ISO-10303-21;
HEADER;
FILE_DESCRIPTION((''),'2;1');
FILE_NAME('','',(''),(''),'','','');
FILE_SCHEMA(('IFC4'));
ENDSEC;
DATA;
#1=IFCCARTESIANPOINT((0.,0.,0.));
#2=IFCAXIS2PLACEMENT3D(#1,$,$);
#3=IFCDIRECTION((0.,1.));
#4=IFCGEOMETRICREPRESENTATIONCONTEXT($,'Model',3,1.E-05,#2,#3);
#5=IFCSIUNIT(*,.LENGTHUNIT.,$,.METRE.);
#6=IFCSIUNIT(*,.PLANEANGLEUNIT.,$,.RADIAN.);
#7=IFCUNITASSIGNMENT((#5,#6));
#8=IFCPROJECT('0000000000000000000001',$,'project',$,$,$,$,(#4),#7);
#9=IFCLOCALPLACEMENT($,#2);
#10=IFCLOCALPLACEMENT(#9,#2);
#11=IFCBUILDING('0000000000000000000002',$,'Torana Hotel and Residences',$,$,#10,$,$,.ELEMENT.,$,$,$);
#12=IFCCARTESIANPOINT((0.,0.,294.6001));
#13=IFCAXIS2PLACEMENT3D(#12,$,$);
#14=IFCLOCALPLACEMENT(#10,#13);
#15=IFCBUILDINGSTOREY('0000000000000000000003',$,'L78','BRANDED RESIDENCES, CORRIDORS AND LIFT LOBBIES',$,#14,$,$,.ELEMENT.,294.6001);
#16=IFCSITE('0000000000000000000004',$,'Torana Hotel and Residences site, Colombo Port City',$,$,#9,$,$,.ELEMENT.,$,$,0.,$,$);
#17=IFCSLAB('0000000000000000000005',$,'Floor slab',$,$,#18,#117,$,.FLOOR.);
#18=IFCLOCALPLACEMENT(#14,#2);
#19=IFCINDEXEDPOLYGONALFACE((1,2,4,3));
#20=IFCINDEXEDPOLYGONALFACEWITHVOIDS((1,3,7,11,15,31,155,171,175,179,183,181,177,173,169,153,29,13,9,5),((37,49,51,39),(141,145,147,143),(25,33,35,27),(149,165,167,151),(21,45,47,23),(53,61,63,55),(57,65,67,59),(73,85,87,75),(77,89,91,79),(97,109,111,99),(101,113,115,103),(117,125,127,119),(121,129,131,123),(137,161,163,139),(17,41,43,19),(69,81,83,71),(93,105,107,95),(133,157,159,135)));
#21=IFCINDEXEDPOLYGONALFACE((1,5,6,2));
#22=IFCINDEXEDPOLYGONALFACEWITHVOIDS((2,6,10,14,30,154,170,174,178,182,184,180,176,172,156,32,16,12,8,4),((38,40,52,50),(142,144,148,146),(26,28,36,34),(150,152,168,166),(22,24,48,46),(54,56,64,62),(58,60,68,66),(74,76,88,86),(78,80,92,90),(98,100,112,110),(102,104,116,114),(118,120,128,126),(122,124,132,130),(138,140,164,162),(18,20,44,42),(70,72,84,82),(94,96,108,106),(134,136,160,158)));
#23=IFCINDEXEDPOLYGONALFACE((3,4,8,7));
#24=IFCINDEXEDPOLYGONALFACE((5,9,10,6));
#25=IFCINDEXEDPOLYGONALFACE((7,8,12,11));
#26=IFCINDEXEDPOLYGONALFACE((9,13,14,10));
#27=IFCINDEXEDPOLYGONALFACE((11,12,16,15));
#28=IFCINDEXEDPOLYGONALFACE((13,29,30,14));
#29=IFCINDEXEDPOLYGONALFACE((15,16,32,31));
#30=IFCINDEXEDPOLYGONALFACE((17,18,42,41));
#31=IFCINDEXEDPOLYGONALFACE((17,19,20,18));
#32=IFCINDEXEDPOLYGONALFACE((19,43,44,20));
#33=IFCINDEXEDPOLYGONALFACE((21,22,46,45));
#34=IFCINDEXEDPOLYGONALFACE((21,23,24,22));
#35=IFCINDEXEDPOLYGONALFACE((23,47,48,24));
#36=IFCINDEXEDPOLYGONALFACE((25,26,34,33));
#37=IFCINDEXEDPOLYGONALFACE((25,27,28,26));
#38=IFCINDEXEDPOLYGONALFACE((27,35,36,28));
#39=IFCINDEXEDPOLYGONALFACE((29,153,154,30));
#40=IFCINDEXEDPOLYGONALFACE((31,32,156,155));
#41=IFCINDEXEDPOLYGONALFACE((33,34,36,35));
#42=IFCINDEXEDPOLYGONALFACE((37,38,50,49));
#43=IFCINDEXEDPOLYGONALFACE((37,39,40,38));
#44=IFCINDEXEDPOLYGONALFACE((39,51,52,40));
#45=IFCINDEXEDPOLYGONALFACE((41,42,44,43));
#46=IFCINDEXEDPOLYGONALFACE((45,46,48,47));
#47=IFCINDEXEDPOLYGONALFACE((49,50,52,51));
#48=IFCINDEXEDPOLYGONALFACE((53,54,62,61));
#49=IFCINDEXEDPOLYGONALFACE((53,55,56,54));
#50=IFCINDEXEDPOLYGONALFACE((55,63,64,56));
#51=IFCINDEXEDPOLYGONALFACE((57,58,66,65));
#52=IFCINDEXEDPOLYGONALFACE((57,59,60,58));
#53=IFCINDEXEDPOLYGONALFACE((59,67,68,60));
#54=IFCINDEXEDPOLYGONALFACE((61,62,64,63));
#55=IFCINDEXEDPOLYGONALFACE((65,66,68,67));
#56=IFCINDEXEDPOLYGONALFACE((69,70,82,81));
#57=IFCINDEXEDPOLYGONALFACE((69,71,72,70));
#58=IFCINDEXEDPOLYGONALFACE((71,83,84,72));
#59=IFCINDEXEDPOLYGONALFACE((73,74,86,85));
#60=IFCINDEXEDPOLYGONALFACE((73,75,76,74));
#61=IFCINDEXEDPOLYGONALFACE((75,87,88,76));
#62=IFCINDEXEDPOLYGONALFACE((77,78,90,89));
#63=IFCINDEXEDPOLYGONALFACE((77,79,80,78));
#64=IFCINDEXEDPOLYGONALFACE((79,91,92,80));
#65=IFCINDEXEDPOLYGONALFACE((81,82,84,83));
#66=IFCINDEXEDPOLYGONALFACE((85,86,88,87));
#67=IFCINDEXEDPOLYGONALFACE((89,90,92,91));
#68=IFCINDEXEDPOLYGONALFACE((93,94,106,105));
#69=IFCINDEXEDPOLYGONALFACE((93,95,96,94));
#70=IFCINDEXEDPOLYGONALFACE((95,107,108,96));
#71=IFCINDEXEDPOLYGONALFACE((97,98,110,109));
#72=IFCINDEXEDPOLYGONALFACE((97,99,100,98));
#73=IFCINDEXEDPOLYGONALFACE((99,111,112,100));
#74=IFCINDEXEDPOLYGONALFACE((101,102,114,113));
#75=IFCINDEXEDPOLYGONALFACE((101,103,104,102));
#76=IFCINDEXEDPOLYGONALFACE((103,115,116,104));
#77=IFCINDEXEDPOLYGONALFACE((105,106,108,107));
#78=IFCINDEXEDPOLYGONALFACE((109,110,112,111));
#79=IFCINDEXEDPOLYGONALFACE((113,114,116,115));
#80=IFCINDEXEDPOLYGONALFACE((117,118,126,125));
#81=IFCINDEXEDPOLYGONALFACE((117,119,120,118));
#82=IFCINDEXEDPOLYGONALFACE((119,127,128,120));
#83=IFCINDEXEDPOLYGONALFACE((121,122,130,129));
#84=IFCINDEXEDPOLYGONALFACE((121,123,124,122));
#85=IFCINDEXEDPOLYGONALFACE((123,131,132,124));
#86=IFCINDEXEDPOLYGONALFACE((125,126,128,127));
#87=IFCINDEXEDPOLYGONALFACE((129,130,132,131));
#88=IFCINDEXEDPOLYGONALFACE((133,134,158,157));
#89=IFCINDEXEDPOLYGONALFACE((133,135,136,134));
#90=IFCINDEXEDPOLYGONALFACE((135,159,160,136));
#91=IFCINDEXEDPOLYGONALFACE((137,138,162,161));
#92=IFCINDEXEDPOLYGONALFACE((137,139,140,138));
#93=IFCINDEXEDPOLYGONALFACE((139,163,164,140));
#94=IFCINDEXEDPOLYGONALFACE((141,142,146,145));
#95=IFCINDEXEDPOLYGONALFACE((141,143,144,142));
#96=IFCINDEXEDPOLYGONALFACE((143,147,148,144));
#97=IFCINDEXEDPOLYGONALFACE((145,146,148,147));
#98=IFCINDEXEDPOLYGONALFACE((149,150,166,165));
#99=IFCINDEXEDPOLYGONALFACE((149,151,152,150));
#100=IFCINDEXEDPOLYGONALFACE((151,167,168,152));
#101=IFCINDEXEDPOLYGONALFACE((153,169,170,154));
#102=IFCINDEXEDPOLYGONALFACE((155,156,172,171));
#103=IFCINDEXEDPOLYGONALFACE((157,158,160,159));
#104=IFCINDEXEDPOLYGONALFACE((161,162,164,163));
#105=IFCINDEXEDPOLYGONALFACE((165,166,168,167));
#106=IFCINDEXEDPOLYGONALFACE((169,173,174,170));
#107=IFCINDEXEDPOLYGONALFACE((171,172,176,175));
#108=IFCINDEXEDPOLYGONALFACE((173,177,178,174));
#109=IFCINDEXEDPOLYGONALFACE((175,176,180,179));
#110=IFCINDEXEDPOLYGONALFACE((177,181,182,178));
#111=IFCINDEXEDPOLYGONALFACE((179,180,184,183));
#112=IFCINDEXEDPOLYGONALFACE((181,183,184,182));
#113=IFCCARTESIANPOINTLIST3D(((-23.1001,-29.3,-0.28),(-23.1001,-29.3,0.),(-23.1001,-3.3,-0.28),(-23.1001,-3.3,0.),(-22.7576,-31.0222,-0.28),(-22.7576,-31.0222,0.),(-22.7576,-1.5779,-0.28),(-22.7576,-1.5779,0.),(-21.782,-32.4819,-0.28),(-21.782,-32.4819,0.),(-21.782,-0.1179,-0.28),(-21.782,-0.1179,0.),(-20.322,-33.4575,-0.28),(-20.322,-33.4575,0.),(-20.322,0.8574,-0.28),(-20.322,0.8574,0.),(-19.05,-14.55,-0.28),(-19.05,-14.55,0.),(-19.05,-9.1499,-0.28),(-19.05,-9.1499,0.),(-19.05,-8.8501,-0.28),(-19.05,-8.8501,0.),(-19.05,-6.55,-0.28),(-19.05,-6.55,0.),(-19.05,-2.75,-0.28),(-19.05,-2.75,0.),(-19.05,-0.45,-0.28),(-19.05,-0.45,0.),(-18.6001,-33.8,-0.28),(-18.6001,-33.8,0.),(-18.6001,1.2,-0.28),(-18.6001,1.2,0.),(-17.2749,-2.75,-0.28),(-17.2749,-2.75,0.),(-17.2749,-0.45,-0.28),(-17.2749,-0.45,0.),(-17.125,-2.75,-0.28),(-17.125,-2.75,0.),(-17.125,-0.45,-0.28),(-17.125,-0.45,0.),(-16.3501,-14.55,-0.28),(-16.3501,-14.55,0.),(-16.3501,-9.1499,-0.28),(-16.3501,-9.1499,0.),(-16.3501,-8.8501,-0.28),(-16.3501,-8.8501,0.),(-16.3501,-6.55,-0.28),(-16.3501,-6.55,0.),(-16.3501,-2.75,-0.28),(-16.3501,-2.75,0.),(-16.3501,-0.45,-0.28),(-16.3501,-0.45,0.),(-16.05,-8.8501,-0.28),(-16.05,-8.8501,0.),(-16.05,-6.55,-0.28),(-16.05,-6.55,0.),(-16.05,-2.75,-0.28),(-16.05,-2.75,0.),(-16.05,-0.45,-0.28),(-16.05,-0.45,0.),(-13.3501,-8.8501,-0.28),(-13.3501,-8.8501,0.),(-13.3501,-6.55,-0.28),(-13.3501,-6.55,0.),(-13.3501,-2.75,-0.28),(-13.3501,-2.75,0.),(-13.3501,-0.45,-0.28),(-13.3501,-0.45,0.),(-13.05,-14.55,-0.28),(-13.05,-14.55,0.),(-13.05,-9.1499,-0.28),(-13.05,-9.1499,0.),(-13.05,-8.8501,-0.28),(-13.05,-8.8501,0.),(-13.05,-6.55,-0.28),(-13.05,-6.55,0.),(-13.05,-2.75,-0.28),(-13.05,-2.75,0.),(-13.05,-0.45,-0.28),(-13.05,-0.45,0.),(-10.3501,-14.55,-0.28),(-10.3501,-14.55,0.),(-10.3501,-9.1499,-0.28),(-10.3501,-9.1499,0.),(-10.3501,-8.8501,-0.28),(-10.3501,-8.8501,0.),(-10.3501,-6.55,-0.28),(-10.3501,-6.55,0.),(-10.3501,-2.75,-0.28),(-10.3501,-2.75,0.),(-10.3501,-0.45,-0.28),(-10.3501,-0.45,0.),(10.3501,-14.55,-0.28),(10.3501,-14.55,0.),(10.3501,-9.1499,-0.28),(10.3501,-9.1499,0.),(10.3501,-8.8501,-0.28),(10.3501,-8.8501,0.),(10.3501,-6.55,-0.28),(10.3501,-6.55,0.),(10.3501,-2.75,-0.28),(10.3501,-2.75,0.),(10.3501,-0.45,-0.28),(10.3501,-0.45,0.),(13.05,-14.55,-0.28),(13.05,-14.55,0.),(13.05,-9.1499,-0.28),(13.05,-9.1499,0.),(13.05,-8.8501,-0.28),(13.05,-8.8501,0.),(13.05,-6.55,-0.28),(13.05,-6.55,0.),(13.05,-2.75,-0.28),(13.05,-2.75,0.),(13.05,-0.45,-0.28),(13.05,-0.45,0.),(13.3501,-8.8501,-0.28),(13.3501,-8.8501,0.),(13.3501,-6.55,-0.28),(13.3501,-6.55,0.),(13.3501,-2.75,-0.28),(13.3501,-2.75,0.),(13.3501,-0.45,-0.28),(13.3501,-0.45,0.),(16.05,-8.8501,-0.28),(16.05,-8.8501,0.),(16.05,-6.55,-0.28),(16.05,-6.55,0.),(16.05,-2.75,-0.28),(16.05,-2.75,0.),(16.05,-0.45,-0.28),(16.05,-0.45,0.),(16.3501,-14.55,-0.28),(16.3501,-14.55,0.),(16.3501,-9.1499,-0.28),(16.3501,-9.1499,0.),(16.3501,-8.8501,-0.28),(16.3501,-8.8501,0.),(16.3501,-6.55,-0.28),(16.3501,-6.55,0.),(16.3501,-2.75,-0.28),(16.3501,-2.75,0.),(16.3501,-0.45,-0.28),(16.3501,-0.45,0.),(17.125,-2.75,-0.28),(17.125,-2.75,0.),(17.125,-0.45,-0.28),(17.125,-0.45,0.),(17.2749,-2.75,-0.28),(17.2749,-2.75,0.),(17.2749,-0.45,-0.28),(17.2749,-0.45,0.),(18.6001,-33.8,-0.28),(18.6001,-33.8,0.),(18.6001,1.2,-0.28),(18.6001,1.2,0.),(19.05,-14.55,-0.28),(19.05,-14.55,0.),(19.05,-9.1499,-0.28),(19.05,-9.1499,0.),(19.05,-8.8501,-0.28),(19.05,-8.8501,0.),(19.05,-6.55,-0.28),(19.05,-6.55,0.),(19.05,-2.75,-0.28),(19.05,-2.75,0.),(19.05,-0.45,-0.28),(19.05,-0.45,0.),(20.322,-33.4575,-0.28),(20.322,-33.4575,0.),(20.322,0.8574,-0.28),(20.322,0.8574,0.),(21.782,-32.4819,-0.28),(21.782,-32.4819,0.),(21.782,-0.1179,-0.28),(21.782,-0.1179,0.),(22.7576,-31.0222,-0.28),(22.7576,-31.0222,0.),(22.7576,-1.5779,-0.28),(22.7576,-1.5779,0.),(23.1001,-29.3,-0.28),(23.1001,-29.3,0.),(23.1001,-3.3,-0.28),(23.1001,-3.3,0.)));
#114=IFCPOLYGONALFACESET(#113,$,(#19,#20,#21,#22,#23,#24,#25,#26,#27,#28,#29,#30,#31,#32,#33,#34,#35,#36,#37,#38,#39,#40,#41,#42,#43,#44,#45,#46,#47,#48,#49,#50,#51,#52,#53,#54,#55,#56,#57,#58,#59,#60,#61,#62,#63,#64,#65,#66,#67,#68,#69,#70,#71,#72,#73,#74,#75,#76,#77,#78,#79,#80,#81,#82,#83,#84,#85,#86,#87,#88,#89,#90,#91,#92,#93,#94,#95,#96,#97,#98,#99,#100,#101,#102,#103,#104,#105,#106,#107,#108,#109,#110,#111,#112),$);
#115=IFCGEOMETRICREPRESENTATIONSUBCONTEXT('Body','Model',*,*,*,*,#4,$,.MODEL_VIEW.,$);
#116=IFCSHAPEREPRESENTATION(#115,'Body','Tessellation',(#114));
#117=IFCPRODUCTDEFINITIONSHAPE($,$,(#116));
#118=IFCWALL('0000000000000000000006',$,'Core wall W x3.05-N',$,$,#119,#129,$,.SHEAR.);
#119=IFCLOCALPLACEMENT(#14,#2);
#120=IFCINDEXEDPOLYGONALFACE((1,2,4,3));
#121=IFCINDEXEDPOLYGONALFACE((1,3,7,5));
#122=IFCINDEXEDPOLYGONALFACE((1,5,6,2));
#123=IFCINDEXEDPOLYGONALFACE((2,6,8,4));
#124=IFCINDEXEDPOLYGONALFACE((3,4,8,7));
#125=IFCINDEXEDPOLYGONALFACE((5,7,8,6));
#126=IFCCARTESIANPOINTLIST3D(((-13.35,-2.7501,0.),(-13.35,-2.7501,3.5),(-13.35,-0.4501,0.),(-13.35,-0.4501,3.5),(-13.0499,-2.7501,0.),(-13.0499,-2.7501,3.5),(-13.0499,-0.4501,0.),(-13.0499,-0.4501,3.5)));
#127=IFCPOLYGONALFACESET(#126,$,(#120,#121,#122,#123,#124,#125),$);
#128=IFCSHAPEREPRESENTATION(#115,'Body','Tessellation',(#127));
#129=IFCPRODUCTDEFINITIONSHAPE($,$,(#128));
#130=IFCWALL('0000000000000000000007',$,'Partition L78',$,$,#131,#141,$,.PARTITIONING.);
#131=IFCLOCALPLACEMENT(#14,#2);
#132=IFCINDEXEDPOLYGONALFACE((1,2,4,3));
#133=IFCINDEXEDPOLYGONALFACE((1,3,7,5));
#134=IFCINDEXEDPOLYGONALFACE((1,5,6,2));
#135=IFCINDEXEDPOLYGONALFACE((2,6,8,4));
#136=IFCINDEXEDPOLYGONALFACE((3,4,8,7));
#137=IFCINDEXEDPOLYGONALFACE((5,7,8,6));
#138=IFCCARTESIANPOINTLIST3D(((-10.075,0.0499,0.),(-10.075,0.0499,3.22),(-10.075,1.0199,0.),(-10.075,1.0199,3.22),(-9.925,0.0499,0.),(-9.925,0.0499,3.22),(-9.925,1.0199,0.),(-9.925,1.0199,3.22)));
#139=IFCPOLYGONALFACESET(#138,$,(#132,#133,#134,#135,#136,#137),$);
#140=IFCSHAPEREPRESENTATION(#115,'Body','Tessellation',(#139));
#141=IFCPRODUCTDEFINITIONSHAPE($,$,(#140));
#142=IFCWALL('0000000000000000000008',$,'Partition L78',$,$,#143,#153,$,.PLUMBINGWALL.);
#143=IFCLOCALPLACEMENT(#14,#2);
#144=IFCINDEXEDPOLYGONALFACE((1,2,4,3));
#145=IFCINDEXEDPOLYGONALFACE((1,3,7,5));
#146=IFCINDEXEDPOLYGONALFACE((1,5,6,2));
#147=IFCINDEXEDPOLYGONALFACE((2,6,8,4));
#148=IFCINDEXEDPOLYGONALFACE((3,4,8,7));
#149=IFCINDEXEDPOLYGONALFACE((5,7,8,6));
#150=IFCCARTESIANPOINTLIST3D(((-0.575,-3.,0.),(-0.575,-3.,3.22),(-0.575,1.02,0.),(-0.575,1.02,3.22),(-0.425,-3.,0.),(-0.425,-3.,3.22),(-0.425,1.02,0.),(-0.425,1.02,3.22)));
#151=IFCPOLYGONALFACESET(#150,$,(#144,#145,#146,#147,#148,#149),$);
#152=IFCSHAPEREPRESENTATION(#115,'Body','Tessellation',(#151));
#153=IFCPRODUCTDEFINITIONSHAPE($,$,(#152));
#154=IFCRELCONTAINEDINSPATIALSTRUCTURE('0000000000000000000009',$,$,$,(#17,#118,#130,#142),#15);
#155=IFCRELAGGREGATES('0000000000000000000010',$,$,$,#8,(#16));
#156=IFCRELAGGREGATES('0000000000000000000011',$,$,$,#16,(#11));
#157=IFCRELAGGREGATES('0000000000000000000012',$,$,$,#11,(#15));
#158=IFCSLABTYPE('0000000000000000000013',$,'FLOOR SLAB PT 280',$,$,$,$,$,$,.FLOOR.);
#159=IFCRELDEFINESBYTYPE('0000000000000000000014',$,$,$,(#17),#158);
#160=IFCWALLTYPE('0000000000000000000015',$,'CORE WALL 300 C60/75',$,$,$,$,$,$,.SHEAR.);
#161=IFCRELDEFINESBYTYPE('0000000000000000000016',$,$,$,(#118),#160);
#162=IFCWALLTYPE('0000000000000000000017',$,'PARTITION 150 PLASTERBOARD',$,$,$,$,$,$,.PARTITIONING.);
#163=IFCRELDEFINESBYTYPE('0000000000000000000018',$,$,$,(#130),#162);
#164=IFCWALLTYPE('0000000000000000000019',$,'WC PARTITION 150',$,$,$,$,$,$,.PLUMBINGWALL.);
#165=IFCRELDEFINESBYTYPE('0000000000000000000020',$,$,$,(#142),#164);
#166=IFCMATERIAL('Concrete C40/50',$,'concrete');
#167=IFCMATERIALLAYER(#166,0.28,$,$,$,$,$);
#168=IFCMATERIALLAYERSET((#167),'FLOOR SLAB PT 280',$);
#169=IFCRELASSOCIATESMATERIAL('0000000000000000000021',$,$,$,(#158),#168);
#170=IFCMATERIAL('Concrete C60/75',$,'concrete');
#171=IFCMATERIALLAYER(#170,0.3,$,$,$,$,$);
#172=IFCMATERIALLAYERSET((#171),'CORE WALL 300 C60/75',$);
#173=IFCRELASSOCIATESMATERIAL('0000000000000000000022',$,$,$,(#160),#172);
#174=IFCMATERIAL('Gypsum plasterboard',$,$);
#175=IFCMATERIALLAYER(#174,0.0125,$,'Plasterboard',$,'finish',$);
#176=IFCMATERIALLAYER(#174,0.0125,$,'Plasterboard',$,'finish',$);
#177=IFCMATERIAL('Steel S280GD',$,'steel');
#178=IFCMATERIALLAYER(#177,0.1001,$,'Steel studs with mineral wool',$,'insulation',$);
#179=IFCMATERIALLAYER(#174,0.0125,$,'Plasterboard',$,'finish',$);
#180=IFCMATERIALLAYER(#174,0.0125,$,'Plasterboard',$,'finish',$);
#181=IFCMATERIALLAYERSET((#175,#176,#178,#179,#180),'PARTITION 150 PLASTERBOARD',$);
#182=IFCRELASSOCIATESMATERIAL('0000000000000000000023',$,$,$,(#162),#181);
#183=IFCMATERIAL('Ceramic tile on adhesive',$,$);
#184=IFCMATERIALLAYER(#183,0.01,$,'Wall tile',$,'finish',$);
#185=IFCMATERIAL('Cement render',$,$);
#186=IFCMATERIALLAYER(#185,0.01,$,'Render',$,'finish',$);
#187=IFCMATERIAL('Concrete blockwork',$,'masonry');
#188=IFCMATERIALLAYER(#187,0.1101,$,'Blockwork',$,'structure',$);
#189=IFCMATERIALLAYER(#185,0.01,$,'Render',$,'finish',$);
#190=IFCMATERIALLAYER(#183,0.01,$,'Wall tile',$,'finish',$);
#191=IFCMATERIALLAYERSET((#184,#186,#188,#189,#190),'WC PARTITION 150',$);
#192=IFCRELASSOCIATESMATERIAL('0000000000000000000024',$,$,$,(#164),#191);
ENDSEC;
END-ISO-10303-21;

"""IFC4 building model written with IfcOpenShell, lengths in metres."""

from ifc_helpers import new_model, si_unit, direction, frame, frame_2d, origin, place, context, subcontext, project, spatial, polyline, rectangle, outline, extrude, material, layer, layer_set, type_object, element, save


model = new_model("IFC4")

# Units and contexts
model_context = context("Model", 3, precision=1e-05, world=origin(), true_north=direction((0.0, 1.0)))
body_context = subcontext(model_context, "Body", "Model", "MODEL_VIEW")
ifc_project = project(units=[si_unit("LENGTHUNIT", "METRE"), si_unit("PLANEANGLEUNIT", "RADIAN")], contexts=[model_context])

# Site, building, storey
site_placement = place(None, origin())
site = spatial("IfcSite", under=ifc_project, at=site_placement, Name="Torana Hotel and Residences site, Colombo Port City", CompositionType="ELEMENT", RefElevation=0.0)
building_placement = place(site_placement, origin())
building = spatial("IfcBuilding", under=site, at=building_placement, Name="Torana Hotel and Residences", CompositionType="ELEMENT")
storey_placement = place(building_placement, frame((0.0, 0.0, 294.6001)))
storey = spatial("IfcBuildingStorey", under=building, at=storey_placement, Name="L78", Description="BRANDED RESIDENCES, CORRIDORS AND LIFT LOBBIES", CompositionType="ELEMENT", Elevation=294.6001)

# Slab
ifc_material_1 = material(Name="Concrete C40/50", Category="concrete")
ifc_layer_1 = layer(ifc_material_1, 0.28)
ifc_layer_set_1 = layer_set([ifc_layer_1], Name="FLOOR SLAB PT 280")
slab_type_1 = type_object("IfcSlabType", Name="FLOOR SLAB PT 280", PredefinedType="FLOOR", material=ifc_layer_set_1)
slab_1_placement = place(storey_placement, frame((0.0, 0.0, -0.28)))
element("IfcSlab", 1, at=slab_1_placement, inside=storey, type_object=slab_type_1, Name="Floor slab", PredefinedType="FLOOR", context=body_context, shape_type="SweptSolid", body=[
    extrude(outline(polyline([(23.1001, -3.3), (22.7576, -1.5779), (21.782, -0.1179), (20.322, 0.8574), (18.6001, 1.2), (-18.6001, 1.2), (-20.322, 0.8574), (-21.782, -0.1179), (-22.7576, -1.5779), (-23.1001, -3.3), (-23.1001, -29.3), (-22.7576, -31.0222), (-21.782, -32.4819), (-20.322, -33.4575), (-18.6001, -33.8), (18.6001, -33.8), (20.322, -33.4575), (21.782, -32.4819), (22.7576, -31.0222), (23.1001, -29.3), (23.1001, -3.3)]), holes=[polyline([(-13.05, -14.55), (-10.3501, -14.55), (-10.3501, -9.1499), (-13.05, -9.1499), (-13.05, -14.55)]), polyline([(-19.05, -14.55), (-16.3501, -14.55), (-16.3501, -9.1499), (-19.05, -9.1499), (-19.05, -14.55)]), polyline([(-17.125, -2.75), (-16.3501, -2.75), (-16.3501, -0.45), (-17.125, -0.45), (-17.125, -2.75)]), polyline([(-19.05, -2.75), (-17.2749, -2.75), (-17.2749, -0.45), (-19.05, -0.45), (-19.05, -2.75)]), polyline([(-13.05, -2.75), (-10.3501, -2.75), (-10.3501, -0.45), (-13.05, -0.45), (-13.05, -2.75)]), polyline([(-16.05, -2.75), (-13.3501, -2.75), (-13.3501, -0.45), (-16.05, -0.45), (-16.05, -2.75)]), polyline([(-13.05, -8.8501), (-10.3501, -8.8501), (-10.3501, -6.55), (-13.05, -6.55), (-13.05, -8.8501)]), polyline([(-16.05, -8.8501), (-13.3501, -8.8501), (-13.3501, -6.55), (-16.05, -6.55), (-16.05, -8.8501)]), polyline([(-19.05, -8.8501), (-16.3501, -8.8501), (-16.3501, -6.55), (-19.05, -6.55), (-19.05, -8.8501)]), polyline([(10.3501, -14.55), (13.05, -14.55), (13.05, -9.1499), (10.3501, -9.1499), (10.3501, -14.55)]), polyline([(16.3501, -14.55), (19.05, -14.55), (19.05, -9.1499), (16.3501, -9.1499), (16.3501, -14.55)]), polyline([(16.3501, -2.75), (17.125, -2.75), (17.125, -0.45), (16.3501, -0.45), (16.3501, -2.75)]), polyline([(17.2749, -2.75), (19.05, -2.75), (19.05, -0.45), (17.2749, -0.45), (17.2749, -2.75)]), polyline([(10.3501, -2.75), (13.05, -2.75), (13.05, -0.45), (10.3501, -0.45), (10.3501, -2.75)]), polyline([(13.3501, -2.75), (16.05, -2.75), (16.05, -0.45), (13.3501, -0.45), (13.3501, -2.75)]), polyline([(10.3501, -8.8501), (13.05, -8.8501), (13.05, -6.55), (10.3501, -6.55), (10.3501, -8.8501)]), polyline([(13.3501, -8.8501), (16.05, -8.8501), (16.05, -6.55), (13.3501, -6.55), (13.3501, -8.8501)]), polyline([(16.3501, -8.8501), (19.05, -8.8501), (19.05, -6.55), (16.3501, -6.55), (16.3501, -8.8501)])]), origin(), (0.0, 0.0, 1.0), 0.28),
])

# Walls
ifc_material_2 = material(Name="Concrete C60/75", Category="concrete")
ifc_layer_2 = layer(ifc_material_2, 0.3)
ifc_layer_set_2 = layer_set([ifc_layer_2], Name="CORE WALL 300 C60/75")
wall_type_1 = type_object("IfcWallType", Name="CORE WALL 300 C60/75", PredefinedType="SHEAR", material=ifc_layer_set_2)
wall_1_placement = place(storey_placement, frame((-13.2, -2.75, 0.0), z_axis=(0.0, 0.0, 1.0), x_axis=(0.0, 1.0, 0.0)))
element("IfcWall", 2, at=wall_1_placement, inside=storey, type_object=wall_type_1, Name="Core wall W x3.05-N", PredefinedType="SHEAR", context=body_context, shape_type="SweptSolid", body=[
    extrude(rectangle(XDim=2.3, YDim=0.3, at=frame_2d((1.1499, 0.0))), origin(), (0.0, 0.0, 1.0), 3.5),
])
ifc_material_3 = material(Name="Gypsum plasterboard")
ifc_layer_3 = layer(ifc_material_3, 0.0125, Name="Plasterboard", Category="finish")
ifc_layer_4 = layer(ifc_material_3, 0.0125, Name="Plasterboard", Category="finish")
ifc_material_4 = material(Name="Steel S280GD", Category="steel")
ifc_layer_5 = layer(ifc_material_4, 0.1001, Name="Steel studs with mineral wool", Category="insulation")
ifc_layer_6 = layer(ifc_material_3, 0.0125, Name="Plasterboard", Category="finish")
ifc_layer_7 = layer(ifc_material_3, 0.0125, Name="Plasterboard", Category="finish")
ifc_layer_set_3 = layer_set([ifc_layer_3, ifc_layer_4, ifc_layer_5, ifc_layer_6, ifc_layer_7], Name="PARTITION 150 PLASTERBOARD")
wall_type_2 = type_object("IfcWallType", Name="PARTITION 150 PLASTERBOARD", PredefinedType="PARTITIONING", material=ifc_layer_set_3)
wall_2_placement = place(storey_placement, frame((-10.0, 0.05, 0.0), z_axis=(0.0, 0.0, 1.0), x_axis=(0.0, 1.0, 0.0)))
element("IfcWall", 3, at=wall_2_placement, inside=storey, type_object=wall_type_2, Name="Partition L78", PredefinedType="PARTITIONING", context=body_context, shape_type="SweptSolid", body=[
    extrude(rectangle(XDim=0.97, YDim=0.1499, at=frame_2d((0.4849, 0.0))), origin(), (0.0, 0.0, 1.0), 3.22),
])
ifc_material_5 = material(Name="Ceramic tile on adhesive")
ifc_layer_8 = layer(ifc_material_5, 0.01, Name="Wall tile", Category="finish")
ifc_material_6 = material(Name="Cement render")
ifc_layer_9 = layer(ifc_material_6, 0.01, Name="Render", Category="finish")
ifc_material_7 = material(Name="Concrete blockwork", Category="masonry")
ifc_layer_10 = layer(ifc_material_7, 0.1101, Name="Blockwork", Category="structure")
ifc_layer_11 = layer(ifc_material_6, 0.01, Name="Render", Category="finish")
ifc_layer_12 = layer(ifc_material_5, 0.01, Name="Wall tile", Category="finish")
ifc_layer_set_4 = layer_set([ifc_layer_8, ifc_layer_9, ifc_layer_10, ifc_layer_11, ifc_layer_12], Name="WC PARTITION 150")
wall_type_3 = type_object("IfcWallType", Name="WC PARTITION 150", PredefinedType="PLUMBINGWALL", material=ifc_layer_set_4)
wall_3_placement = place(storey_placement, frame((-0.5, -3.0, 0.0), z_axis=(0.0, 0.0, 1.0), x_axis=(0.0, 1.0, 0.0)))
element("IfcWall", 4, at=wall_3_placement, inside=storey, type_object=wall_type_3, Name="Partition L78", PredefinedType="PLUMBINGWALL", context=body_context, shape_type="SweptSolid", body=[
    extrude(rectangle(XDim=4.02, YDim=0.1499, at=frame_2d((2.01, 0.0))), origin(), (0.0, 0.0, 1.0), 3.22),
])

save(model, "model.ifc")
